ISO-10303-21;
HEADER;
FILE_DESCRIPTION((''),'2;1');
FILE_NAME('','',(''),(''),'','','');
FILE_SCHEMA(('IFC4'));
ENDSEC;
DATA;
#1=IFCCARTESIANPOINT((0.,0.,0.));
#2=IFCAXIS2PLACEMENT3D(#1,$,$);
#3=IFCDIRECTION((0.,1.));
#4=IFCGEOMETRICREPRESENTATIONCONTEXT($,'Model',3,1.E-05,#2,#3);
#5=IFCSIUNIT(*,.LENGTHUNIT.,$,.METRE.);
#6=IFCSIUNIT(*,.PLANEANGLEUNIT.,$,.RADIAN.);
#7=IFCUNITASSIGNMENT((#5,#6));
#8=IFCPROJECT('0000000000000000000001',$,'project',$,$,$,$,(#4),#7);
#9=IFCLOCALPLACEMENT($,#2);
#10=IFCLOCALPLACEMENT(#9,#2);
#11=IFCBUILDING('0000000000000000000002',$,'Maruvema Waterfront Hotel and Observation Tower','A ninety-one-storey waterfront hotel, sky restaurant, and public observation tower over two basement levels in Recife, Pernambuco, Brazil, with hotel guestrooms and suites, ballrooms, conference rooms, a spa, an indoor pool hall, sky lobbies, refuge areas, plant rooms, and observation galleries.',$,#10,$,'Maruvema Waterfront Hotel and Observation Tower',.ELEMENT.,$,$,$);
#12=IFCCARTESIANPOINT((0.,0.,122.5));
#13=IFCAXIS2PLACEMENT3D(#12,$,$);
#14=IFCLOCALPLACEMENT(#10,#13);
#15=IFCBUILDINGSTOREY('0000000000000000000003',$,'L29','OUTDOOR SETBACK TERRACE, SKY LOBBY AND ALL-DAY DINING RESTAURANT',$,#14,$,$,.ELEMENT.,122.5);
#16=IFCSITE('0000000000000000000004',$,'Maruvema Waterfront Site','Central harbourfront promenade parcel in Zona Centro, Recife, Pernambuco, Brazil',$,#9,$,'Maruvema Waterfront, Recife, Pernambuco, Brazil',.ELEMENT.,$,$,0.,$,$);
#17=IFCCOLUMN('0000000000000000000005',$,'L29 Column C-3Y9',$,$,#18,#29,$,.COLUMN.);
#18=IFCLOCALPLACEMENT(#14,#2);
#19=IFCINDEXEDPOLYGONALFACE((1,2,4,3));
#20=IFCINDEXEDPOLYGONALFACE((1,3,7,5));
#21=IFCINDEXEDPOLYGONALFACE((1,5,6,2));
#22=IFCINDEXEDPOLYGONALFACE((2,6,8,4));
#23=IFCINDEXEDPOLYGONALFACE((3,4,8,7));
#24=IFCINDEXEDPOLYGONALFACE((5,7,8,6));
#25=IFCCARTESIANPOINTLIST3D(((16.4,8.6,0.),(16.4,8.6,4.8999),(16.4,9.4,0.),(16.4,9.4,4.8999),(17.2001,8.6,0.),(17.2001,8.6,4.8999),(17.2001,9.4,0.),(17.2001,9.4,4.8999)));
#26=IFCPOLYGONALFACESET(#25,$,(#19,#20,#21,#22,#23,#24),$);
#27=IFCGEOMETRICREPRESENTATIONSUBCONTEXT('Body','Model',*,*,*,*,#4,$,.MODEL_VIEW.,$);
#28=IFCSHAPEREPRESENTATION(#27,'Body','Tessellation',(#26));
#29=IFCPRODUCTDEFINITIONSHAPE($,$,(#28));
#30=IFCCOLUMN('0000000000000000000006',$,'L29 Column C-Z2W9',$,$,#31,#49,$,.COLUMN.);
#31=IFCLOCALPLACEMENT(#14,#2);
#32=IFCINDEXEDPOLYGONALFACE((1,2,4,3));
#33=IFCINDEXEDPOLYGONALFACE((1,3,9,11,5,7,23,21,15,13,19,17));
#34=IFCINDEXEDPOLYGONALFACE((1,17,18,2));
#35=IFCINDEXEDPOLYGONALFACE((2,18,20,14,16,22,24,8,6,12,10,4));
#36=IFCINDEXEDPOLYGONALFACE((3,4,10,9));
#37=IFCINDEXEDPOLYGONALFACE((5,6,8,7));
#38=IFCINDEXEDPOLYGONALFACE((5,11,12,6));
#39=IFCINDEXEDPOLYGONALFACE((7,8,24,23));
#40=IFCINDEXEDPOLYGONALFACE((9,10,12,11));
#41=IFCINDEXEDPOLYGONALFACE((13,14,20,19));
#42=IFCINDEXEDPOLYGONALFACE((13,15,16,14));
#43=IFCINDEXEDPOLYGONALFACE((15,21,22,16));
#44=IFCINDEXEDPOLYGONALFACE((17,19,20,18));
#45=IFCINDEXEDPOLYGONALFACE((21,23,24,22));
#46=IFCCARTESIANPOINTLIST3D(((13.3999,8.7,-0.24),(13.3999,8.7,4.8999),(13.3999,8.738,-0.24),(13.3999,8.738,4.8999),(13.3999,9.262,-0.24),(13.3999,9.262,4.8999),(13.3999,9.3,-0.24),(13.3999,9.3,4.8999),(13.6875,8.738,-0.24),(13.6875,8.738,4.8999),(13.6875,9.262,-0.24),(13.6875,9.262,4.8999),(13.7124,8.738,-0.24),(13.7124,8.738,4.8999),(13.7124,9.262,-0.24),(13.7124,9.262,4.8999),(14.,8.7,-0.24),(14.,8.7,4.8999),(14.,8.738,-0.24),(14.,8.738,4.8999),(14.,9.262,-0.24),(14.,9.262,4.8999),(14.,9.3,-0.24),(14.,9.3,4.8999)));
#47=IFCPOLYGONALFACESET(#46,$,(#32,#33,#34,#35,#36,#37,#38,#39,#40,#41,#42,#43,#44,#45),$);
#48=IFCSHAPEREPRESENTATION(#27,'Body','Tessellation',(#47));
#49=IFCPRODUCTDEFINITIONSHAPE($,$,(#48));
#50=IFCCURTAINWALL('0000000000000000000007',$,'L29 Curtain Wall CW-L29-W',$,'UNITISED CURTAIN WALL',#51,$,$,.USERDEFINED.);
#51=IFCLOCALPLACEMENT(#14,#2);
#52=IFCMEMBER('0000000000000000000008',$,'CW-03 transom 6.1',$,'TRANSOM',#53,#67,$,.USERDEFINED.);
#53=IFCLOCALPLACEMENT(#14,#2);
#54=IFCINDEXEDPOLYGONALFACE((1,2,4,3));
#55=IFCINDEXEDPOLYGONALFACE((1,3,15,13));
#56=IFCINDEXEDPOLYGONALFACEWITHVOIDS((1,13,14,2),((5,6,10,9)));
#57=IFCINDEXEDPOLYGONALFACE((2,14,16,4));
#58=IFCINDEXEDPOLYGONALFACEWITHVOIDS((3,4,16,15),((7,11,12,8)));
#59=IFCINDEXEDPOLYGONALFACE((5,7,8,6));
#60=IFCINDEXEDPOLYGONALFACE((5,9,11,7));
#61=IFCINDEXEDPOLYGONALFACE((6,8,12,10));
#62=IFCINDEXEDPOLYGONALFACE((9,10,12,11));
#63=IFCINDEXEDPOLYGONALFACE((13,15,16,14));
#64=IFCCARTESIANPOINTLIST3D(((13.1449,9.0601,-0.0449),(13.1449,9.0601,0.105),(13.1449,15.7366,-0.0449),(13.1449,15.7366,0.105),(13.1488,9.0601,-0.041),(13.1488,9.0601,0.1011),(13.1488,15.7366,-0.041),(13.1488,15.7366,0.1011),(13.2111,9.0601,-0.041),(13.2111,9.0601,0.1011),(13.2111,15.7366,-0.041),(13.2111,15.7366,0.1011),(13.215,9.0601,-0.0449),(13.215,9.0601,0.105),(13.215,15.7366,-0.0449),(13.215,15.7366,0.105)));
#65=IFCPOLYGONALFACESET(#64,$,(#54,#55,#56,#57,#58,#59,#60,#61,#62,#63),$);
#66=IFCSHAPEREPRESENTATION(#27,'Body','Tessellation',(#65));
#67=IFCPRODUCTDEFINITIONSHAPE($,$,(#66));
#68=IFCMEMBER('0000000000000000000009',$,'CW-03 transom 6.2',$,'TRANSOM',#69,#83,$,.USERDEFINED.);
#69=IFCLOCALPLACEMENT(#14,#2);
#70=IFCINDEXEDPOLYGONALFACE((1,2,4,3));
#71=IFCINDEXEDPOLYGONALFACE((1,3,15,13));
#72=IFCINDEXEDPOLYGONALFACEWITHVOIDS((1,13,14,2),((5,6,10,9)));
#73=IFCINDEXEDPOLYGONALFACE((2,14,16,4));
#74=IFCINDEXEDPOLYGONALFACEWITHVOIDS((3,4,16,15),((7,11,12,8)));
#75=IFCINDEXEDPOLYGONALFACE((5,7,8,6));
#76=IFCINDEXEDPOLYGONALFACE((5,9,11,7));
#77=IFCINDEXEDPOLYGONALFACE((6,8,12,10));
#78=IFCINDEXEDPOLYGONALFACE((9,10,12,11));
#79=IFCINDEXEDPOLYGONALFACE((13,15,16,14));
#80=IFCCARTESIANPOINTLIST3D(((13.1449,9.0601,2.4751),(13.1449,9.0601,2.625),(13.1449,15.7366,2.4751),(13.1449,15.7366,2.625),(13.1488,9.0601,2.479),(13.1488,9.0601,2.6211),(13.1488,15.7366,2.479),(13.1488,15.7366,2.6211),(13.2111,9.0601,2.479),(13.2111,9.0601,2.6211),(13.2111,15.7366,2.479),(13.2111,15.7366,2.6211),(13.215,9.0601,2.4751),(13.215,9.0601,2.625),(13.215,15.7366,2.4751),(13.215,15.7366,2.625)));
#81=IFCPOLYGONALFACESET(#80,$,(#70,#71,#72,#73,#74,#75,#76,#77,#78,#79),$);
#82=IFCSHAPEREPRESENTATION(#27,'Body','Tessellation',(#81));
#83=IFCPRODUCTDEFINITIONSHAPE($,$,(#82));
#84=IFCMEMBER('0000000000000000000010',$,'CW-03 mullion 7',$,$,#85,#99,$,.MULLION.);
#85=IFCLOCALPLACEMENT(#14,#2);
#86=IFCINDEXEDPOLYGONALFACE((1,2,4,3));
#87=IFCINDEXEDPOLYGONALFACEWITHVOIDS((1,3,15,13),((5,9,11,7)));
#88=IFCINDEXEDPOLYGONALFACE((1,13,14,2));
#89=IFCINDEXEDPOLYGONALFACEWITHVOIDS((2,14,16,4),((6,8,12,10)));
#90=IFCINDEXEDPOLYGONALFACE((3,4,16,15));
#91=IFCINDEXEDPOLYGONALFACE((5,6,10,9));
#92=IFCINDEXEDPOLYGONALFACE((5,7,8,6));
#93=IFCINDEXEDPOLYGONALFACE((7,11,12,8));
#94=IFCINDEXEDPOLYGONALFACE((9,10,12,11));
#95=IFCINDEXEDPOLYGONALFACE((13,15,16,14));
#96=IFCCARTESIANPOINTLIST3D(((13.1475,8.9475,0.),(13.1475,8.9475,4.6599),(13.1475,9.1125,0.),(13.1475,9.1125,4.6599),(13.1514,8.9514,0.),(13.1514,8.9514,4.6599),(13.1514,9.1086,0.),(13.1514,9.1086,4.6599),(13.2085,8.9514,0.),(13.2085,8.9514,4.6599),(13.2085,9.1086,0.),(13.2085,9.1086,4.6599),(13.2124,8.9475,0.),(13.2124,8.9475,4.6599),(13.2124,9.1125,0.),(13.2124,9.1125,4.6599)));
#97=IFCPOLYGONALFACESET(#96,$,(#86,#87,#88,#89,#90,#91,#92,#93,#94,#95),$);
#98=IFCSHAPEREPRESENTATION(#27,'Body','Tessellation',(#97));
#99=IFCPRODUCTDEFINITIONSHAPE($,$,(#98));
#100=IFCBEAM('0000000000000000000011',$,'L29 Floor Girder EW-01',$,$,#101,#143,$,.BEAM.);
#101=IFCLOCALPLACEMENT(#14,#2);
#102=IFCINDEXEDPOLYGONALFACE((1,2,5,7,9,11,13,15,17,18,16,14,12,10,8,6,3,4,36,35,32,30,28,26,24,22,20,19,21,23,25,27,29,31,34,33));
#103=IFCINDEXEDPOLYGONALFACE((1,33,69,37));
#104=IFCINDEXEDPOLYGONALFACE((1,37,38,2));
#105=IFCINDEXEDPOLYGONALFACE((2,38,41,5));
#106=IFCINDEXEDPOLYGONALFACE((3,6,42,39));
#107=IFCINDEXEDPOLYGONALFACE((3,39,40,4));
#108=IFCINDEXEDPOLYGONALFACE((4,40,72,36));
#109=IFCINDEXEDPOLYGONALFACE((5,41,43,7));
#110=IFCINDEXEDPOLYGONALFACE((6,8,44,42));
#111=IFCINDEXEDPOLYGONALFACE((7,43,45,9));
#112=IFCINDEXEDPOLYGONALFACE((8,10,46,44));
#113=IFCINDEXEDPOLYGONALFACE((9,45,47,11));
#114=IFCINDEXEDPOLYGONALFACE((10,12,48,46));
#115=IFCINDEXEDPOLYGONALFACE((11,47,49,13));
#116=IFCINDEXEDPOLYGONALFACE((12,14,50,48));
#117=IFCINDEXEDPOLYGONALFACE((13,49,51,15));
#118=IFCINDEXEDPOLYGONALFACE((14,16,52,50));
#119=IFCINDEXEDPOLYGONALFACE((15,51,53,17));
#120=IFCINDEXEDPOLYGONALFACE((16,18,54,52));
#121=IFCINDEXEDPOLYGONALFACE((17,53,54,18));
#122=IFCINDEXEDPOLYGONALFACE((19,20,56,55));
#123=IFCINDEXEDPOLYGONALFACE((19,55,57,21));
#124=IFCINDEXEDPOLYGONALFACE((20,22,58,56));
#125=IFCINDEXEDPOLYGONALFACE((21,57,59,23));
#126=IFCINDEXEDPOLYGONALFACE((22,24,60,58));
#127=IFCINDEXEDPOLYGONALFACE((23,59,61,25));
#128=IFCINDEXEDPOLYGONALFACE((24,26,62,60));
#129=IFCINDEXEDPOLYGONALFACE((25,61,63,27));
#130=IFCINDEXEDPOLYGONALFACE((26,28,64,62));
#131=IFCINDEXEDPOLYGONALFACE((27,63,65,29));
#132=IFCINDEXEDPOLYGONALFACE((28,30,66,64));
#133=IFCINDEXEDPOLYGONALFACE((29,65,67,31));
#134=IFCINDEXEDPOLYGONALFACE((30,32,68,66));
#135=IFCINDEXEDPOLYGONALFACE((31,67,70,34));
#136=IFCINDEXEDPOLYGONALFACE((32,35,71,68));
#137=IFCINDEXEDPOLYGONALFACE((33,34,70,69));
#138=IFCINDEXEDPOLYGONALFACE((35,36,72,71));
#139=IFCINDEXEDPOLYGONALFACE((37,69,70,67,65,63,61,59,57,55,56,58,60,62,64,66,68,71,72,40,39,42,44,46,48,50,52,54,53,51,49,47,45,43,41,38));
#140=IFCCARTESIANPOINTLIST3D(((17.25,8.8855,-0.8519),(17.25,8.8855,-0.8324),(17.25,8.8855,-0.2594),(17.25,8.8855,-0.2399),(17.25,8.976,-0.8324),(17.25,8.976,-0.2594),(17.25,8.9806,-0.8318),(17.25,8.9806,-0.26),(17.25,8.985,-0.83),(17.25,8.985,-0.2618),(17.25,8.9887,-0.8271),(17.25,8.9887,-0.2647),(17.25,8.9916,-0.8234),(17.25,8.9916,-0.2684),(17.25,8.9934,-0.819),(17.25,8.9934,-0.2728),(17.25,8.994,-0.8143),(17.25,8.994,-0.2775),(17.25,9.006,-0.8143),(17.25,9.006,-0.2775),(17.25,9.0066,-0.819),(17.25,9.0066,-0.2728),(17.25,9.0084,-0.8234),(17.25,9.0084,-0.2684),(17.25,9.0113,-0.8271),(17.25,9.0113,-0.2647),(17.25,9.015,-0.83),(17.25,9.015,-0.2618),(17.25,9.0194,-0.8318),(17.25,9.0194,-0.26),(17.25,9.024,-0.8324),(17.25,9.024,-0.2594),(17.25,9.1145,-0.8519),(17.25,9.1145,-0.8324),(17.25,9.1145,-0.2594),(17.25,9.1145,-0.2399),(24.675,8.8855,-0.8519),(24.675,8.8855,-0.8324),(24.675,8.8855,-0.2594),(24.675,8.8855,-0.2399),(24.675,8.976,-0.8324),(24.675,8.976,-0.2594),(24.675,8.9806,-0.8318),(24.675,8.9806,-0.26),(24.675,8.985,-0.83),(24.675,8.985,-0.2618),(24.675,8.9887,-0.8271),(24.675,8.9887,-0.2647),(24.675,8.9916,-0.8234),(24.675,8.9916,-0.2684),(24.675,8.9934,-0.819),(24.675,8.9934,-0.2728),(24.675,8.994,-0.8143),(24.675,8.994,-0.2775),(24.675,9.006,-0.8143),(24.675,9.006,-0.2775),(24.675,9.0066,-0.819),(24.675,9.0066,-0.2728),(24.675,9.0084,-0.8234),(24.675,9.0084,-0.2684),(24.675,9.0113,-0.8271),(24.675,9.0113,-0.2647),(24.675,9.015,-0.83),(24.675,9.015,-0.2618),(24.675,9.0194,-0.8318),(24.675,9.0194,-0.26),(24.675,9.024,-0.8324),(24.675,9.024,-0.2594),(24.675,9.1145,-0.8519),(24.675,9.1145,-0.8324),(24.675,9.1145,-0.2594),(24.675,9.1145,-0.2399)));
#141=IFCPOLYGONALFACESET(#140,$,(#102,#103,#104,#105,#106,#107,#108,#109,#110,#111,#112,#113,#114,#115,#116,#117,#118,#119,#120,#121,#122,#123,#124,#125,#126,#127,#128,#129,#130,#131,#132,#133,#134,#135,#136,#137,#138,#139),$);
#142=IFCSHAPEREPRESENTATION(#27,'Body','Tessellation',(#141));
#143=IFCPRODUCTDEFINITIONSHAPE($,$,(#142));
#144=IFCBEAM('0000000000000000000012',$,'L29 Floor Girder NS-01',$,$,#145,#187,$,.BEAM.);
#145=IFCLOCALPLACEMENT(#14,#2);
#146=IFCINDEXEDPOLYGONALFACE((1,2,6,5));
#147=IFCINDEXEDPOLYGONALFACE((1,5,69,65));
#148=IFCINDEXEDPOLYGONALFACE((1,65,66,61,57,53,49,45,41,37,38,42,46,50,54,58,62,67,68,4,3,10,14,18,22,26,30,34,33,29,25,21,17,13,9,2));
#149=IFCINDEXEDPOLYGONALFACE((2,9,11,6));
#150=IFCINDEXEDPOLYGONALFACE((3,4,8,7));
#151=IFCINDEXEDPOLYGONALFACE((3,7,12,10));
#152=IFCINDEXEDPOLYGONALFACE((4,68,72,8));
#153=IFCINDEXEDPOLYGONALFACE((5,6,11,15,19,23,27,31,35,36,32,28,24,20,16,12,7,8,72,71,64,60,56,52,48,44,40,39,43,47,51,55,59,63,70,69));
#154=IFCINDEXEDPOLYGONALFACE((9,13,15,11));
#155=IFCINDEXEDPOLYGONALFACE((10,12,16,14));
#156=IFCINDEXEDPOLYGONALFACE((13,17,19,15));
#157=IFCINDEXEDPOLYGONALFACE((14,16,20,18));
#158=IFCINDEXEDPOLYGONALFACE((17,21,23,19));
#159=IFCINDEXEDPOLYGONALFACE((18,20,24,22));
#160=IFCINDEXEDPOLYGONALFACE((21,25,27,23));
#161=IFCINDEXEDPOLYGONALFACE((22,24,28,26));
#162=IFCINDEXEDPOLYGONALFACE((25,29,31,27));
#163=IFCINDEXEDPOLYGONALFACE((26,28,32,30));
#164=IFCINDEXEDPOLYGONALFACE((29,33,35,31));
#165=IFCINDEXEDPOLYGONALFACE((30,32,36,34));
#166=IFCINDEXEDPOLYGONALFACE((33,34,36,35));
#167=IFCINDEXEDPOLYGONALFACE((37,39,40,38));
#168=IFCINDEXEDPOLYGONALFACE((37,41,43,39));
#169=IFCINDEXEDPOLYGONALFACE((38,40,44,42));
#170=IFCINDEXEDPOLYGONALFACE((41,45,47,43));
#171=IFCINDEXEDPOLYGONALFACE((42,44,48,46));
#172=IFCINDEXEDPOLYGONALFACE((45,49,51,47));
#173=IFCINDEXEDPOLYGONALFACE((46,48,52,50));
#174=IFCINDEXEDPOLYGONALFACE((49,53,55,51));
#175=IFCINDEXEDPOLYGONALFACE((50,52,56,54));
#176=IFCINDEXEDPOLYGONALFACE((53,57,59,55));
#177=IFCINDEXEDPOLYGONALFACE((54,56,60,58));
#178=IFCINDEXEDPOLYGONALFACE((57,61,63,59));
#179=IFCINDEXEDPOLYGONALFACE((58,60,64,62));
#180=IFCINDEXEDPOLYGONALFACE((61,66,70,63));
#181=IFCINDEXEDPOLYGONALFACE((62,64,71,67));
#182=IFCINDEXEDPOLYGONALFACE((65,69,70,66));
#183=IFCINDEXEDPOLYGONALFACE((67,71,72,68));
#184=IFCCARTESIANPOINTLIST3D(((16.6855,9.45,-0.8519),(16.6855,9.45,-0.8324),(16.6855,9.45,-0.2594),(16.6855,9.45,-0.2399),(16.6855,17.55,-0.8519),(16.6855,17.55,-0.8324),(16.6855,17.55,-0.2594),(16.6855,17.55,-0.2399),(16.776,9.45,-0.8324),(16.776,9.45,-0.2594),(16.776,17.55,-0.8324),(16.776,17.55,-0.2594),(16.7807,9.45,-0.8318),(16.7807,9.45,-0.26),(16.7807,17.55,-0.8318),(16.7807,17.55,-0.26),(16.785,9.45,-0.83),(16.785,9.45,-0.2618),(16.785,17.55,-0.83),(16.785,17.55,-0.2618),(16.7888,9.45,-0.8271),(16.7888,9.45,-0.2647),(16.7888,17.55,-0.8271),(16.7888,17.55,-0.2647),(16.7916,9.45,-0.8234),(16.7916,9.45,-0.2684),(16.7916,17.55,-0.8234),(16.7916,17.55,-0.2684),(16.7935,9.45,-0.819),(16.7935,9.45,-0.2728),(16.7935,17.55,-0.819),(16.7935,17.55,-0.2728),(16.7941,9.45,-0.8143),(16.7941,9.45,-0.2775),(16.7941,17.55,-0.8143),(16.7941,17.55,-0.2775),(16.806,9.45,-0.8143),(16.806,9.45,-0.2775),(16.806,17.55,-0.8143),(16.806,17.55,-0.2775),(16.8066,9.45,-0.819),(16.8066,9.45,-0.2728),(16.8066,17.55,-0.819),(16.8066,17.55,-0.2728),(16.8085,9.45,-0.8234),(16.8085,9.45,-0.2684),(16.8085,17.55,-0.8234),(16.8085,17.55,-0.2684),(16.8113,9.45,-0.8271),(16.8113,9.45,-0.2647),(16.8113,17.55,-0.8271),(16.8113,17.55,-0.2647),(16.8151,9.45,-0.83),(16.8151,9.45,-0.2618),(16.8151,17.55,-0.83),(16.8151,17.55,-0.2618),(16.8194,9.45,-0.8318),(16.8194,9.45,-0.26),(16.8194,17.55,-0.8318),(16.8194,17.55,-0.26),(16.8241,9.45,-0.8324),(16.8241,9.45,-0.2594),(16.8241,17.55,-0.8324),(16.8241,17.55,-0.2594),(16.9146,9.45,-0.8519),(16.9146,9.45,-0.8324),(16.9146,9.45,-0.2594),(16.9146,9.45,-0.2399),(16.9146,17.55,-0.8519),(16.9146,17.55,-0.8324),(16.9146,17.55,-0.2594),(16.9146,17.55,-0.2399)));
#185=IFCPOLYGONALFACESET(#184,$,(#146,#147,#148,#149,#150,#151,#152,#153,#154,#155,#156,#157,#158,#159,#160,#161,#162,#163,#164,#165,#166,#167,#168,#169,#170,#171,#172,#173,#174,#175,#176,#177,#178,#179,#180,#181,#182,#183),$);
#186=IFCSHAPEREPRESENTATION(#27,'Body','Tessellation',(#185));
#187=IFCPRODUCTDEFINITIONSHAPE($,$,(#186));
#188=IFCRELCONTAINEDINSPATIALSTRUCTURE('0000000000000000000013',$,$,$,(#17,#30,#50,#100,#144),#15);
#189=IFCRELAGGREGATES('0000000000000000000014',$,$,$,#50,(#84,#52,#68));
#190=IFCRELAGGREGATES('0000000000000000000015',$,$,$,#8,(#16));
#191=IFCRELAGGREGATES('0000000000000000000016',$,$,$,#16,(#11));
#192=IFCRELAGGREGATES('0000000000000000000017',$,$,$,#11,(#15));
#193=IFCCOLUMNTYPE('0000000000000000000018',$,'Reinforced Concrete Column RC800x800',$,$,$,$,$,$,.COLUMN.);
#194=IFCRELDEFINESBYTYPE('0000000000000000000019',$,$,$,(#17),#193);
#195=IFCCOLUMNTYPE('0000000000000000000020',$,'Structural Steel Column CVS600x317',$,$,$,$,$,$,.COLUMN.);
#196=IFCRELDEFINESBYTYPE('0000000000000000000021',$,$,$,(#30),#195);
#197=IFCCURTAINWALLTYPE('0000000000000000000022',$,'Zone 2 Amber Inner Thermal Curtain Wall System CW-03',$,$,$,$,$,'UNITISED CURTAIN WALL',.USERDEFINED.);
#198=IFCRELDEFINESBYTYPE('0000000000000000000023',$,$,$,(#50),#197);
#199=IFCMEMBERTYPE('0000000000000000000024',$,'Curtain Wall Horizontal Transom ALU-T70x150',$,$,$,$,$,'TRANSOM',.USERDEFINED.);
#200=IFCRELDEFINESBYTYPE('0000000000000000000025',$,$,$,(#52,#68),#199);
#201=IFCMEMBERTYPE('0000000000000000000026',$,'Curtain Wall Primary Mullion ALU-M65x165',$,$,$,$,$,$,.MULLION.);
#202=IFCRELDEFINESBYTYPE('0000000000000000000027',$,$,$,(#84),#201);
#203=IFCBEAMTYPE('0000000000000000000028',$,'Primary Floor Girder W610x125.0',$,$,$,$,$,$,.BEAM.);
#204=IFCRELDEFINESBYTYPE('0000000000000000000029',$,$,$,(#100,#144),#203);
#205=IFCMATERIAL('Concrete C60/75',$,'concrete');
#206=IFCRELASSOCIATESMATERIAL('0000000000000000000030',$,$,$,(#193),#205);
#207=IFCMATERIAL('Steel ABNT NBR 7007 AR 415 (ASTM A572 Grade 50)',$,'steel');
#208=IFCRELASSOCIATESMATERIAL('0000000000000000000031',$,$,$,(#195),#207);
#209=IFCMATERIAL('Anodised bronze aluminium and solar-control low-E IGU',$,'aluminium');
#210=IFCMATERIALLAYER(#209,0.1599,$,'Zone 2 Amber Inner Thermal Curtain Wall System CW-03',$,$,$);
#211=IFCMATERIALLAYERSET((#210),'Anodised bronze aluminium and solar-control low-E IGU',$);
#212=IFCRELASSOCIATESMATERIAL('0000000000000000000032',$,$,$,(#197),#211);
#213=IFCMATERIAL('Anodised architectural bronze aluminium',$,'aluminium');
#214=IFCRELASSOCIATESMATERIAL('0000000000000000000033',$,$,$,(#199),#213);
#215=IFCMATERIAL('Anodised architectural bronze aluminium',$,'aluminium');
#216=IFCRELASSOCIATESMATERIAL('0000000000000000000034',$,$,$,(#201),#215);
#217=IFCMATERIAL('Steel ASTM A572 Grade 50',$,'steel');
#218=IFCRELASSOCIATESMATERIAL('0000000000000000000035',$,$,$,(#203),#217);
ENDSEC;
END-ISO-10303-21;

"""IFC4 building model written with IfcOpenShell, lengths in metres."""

from ifc_helpers import new_model, si_unit, direction, frame, origin, origin_2d, place, context, subcontext, project, spatial, rectangle, hollow_rectangle, i_section, extrude, material, layer, layer_set, material_profile, profile_set, type_object, element, aggregate, save


model = new_model("IFC4")

# Units and contexts
model_context = context("Model", 3, precision=1e-05, world=origin(), true_north=direction((0.0, 1.0)))
body_context = subcontext(model_context, "Body", "Model", "MODEL_VIEW")
ifc_project = project(units=[si_unit("LENGTHUNIT", "METRE"), si_unit("PLANEANGLEUNIT", "RADIAN")], contexts=[model_context])

# Site, building, storey
site_placement = place(None, origin())
site = spatial("IfcSite", under=ifc_project, at=site_placement, Name="Maruvema Waterfront Site", Description="Central harbourfront promenade parcel in Zona Centro, Recife, Pernambuco, Brazil", LongName="Maruvema Waterfront, Recife, Pernambuco, Brazil", CompositionType="ELEMENT", RefElevation=0.0)
building_placement = place(site_placement, origin())
building = spatial("IfcBuilding", under=site, at=building_placement, Name="Maruvema Waterfront Hotel and Observation Tower", Description="A ninety-one-storey waterfront hotel, sky restaurant, and public observation tower over two basement levels in Recife, Pernambuco, Brazil, with hotel guestrooms and suites, ballrooms, conference rooms, a spa, an indoor pool hall, sky lobbies, refuge areas, plant rooms, and observation galleries.", LongName="Maruvema Waterfront Hotel and Observation Tower", CompositionType="ELEMENT")
storey_placement = place(building_placement, frame((0.0, 0.0, 122.5)))
storey = spatial("IfcBuildingStorey", under=building, at=storey_placement, Name="L29", Description="OUTDOOR SETBACK TERRACE, SKY LOBBY AND ALL-DAY DINING RESTAURANT", CompositionType="ELEMENT", Elevation=122.5)

# Columns
ifc_material_1 = material(Name="Concrete C60/75", Category="concrete")
ifc_material_profile_1 = material_profile(ifc_material_1, rectangle(XDim=0.8, YDim=0.8, at=origin_2d()), Name="RC800x800")
ifc_profile_set_1 = profile_set([ifc_material_profile_1], Name="Concrete C60/75")
column_type_1 = type_object("IfcColumnType", Name="Reinforced Concrete Column RC800x800", PredefinedType="COLUMN", material=ifc_profile_set_1)
column_1_placement = place(storey_placement, frame((16.8, 9.0, 0.0), z_axis=(0.0, 0.0, 1.0), x_axis=(1.0, 0.0, 0.0)))
element("IfcColumn", 1, at=column_1_placement, inside=storey, type_object=column_type_1, Name="L29 Column C-3Y9", PredefinedType="COLUMN", context=body_context, shape_type="SweptSolid", body=[
    extrude(rectangle(XDim=0.8, YDim=0.8, at=origin_2d()), origin(), (0.0, 0.0, 1.0), 4.8999),
])
ifc_material_2 = material(Name="Steel ABNT NBR 7007 AR 415 (ASTM A572 Grade 50)", Category="steel")
ifc_material_profile_2 = material_profile(ifc_material_2, i_section(OverallWidth=0.6001, OverallDepth=0.6001, WebThickness=0.0249, FlangeThickness=0.0381, at=origin_2d()), Name="CVS600x317")
ifc_profile_set_2 = profile_set([ifc_material_profile_2], Name="Steel ABNT NBR 7007 AR 415 (ASTM A572 Grade 50)")
column_type_2 = type_object("IfcColumnType", Name="Structural Steel Column CVS600x317", PredefinedType="COLUMN", material=ifc_profile_set_2)
column_2_placement = place(storey_placement, frame((13.7, 9.0, -0.24), z_axis=(0.0, 0.0, 1.0), x_axis=(1.0, 0.0, 0.0)))
element("IfcColumn", 2, at=column_2_placement, inside=storey, type_object=column_type_2, Name="L29 Column C-Z2W9", PredefinedType="COLUMN", context=body_context, shape_type="SweptSolid", body=[
    extrude(i_section(OverallWidth=0.6001, OverallDepth=0.6001, WebThickness=0.0249, FlangeThickness=0.0381, at=origin_2d()), origin(), (0.0, 0.0, 1.0), 5.1399),
])

# Curtain wall, members
ifc_material_3 = material(Name="Anodised bronze aluminium and solar-control low-E IGU", Category="aluminium")
ifc_layer_1 = layer(ifc_material_3, 0.1599, Name="Zone 2 Amber Inner Thermal Curtain Wall System CW-03")
ifc_layer_set_1 = layer_set([ifc_layer_1], Name="Anodised bronze aluminium and solar-control low-E IGU")
curtain_wall_type = type_object("IfcCurtainWallType", Name="Zone 2 Amber Inner Thermal Curtain Wall System CW-03", ElementType="UNITISED CURTAIN WALL", PredefinedType="USERDEFINED", material=ifc_layer_set_1)
curtain_wall_placement = place(storey_placement, origin())
curtain_wall = element("IfcCurtainWall", 3, at=curtain_wall_placement, inside=storey, type_object=curtain_wall_type, Name="L29 Curtain Wall CW-L29-W", ObjectType="UNITISED CURTAIN WALL", PredefinedType="USERDEFINED")
ifc_material_4 = material(Name="Anodised architectural bronze aluminium", Category="aluminium")
ifc_material_profile_3 = material_profile(ifc_material_4, hollow_rectangle(XDim=0.0701, YDim=0.1499, WallThickness=0.0039, at=origin_2d()), Name="ALU-T70x150")
ifc_profile_set_3 = profile_set([ifc_material_profile_3], Name="Anodised architectural bronze aluminium")
member_type_1 = type_object("IfcMemberType", Name="Curtain Wall Horizontal Transom ALU-T70x150", ElementType="TRANSOM", PredefinedType="USERDEFINED", material=ifc_profile_set_3)
member_1_placement = place(storey_placement, frame((13.1799, 15.7366, 0.03), z_axis=(0.0, -1.0, 0.0), x_axis=(1.0, 0.0, 0.0)))
member_1 = element("IfcMember", 4, at=member_1_placement, type_object=member_type_1, Name="CW-03 transom 6.1", ObjectType="TRANSOM", PredefinedType="USERDEFINED", context=body_context, shape_type="SweptSolid", body=[
    extrude(hollow_rectangle(XDim=0.0701, YDim=0.1499, WallThickness=0.0039, at=origin_2d()), origin(), (0.0, 0.0, 1.0), 6.6765),
])
member_2_placement = place(storey_placement, frame((13.1799, 15.7366, 2.55), z_axis=(0.0, -1.0, 0.0), x_axis=(1.0, 0.0, 0.0)))
member_2 = element("IfcMember", 5, at=member_2_placement, type_object=member_type_1, Name="CW-03 transom 6.2", ObjectType="TRANSOM", PredefinedType="USERDEFINED", context=body_context, shape_type="SweptSolid", body=[
    extrude(hollow_rectangle(XDim=0.0701, YDim=0.1499, WallThickness=0.0039, at=origin_2d()), origin(), (0.0, 0.0, 1.0), 6.6765),
])
ifc_material_5 = material(Name="Anodised architectural bronze aluminium", Category="aluminium")
ifc_material_profile_4 = material_profile(ifc_material_5, hollow_rectangle(XDim=0.0649, YDim=0.165, WallThickness=0.0039, at=origin_2d()), Name="ALU-M65x165")
ifc_profile_set_4 = profile_set([ifc_material_profile_4], Name="Anodised architectural bronze aluminium")
member_type_2 = type_object("IfcMemberType", Name="Curtain Wall Primary Mullion ALU-M65x165", PredefinedType="MULLION", material=ifc_profile_set_4)
member_3_placement = place(storey_placement, frame((13.1799, 9.03, 0.0), z_axis=(0.0, 0.0, 1.0), x_axis=(1.0, 0.0, 0.0)))
member_3 = element("IfcMember", 6, at=member_3_placement, type_object=member_type_2, Name="CW-03 mullion 7", PredefinedType="MULLION", context=body_context, shape_type="SweptSolid", body=[
    extrude(hollow_rectangle(XDim=0.0649, YDim=0.165, WallThickness=0.0039, at=origin_2d()), origin(), (0.0, 0.0, 1.0), 4.6599),
])

# Beams
ifc_material_6 = material(Name="Steel ASTM A572 Grade 50", Category="steel")
ifc_material_profile_5 = material_profile(ifc_material_6, i_section(OverallWidth=0.229, OverallDepth=0.6121, WebThickness=0.012, FlangeThickness=0.0195, FilletRadius=0.0181, at=origin_2d()), Name="W610x125.0")
ifc_profile_set_5 = profile_set([ifc_material_profile_5], Name="Steel ASTM A572 Grade 50")
beam_type = type_object("IfcBeamType", Name="Primary Floor Girder W610x125.0", PredefinedType="BEAM", material=ifc_profile_set_5)
beam_1_placement = place(storey_placement, frame((17.25, 9.0, -0.5459), z_axis=(1.0, 0.0, 0.0), x_axis=(0.0, 1.0, 0.0)))
element("IfcBeam", 7, at=beam_1_placement, inside=storey, type_object=beam_type, Name="L29 Floor Girder EW-01", PredefinedType="BEAM", context=body_context, shape_type="SweptSolid", body=[
    extrude(i_section(OverallWidth=0.229, OverallDepth=0.6121, WebThickness=0.012, FlangeThickness=0.0195, FilletRadius=0.0181, at=origin_2d()), origin(), (0.0, 0.0, 1.0), 7.425),
])
beam_2_placement = place(storey_placement, frame((16.8, 9.45, -0.5459), z_axis=(0.0, 1.0, 0.0), x_axis=(-1.0, 0.0, 0.0)))
element("IfcBeam", 8, at=beam_2_placement, inside=storey, type_object=beam_type, Name="L29 Floor Girder NS-01", PredefinedType="BEAM", context=body_context, shape_type="SweptSolid", body=[
    extrude(i_section(OverallWidth=0.229, OverallDepth=0.6121, WebThickness=0.012, FlangeThickness=0.0195, FilletRadius=0.0181, at=origin_2d()), origin(), (0.0, 0.0, 1.0), 8.1001),
])

aggregate(curtain_wall, [member_3, member_1, member_2])

save(model, "model.ifc")
